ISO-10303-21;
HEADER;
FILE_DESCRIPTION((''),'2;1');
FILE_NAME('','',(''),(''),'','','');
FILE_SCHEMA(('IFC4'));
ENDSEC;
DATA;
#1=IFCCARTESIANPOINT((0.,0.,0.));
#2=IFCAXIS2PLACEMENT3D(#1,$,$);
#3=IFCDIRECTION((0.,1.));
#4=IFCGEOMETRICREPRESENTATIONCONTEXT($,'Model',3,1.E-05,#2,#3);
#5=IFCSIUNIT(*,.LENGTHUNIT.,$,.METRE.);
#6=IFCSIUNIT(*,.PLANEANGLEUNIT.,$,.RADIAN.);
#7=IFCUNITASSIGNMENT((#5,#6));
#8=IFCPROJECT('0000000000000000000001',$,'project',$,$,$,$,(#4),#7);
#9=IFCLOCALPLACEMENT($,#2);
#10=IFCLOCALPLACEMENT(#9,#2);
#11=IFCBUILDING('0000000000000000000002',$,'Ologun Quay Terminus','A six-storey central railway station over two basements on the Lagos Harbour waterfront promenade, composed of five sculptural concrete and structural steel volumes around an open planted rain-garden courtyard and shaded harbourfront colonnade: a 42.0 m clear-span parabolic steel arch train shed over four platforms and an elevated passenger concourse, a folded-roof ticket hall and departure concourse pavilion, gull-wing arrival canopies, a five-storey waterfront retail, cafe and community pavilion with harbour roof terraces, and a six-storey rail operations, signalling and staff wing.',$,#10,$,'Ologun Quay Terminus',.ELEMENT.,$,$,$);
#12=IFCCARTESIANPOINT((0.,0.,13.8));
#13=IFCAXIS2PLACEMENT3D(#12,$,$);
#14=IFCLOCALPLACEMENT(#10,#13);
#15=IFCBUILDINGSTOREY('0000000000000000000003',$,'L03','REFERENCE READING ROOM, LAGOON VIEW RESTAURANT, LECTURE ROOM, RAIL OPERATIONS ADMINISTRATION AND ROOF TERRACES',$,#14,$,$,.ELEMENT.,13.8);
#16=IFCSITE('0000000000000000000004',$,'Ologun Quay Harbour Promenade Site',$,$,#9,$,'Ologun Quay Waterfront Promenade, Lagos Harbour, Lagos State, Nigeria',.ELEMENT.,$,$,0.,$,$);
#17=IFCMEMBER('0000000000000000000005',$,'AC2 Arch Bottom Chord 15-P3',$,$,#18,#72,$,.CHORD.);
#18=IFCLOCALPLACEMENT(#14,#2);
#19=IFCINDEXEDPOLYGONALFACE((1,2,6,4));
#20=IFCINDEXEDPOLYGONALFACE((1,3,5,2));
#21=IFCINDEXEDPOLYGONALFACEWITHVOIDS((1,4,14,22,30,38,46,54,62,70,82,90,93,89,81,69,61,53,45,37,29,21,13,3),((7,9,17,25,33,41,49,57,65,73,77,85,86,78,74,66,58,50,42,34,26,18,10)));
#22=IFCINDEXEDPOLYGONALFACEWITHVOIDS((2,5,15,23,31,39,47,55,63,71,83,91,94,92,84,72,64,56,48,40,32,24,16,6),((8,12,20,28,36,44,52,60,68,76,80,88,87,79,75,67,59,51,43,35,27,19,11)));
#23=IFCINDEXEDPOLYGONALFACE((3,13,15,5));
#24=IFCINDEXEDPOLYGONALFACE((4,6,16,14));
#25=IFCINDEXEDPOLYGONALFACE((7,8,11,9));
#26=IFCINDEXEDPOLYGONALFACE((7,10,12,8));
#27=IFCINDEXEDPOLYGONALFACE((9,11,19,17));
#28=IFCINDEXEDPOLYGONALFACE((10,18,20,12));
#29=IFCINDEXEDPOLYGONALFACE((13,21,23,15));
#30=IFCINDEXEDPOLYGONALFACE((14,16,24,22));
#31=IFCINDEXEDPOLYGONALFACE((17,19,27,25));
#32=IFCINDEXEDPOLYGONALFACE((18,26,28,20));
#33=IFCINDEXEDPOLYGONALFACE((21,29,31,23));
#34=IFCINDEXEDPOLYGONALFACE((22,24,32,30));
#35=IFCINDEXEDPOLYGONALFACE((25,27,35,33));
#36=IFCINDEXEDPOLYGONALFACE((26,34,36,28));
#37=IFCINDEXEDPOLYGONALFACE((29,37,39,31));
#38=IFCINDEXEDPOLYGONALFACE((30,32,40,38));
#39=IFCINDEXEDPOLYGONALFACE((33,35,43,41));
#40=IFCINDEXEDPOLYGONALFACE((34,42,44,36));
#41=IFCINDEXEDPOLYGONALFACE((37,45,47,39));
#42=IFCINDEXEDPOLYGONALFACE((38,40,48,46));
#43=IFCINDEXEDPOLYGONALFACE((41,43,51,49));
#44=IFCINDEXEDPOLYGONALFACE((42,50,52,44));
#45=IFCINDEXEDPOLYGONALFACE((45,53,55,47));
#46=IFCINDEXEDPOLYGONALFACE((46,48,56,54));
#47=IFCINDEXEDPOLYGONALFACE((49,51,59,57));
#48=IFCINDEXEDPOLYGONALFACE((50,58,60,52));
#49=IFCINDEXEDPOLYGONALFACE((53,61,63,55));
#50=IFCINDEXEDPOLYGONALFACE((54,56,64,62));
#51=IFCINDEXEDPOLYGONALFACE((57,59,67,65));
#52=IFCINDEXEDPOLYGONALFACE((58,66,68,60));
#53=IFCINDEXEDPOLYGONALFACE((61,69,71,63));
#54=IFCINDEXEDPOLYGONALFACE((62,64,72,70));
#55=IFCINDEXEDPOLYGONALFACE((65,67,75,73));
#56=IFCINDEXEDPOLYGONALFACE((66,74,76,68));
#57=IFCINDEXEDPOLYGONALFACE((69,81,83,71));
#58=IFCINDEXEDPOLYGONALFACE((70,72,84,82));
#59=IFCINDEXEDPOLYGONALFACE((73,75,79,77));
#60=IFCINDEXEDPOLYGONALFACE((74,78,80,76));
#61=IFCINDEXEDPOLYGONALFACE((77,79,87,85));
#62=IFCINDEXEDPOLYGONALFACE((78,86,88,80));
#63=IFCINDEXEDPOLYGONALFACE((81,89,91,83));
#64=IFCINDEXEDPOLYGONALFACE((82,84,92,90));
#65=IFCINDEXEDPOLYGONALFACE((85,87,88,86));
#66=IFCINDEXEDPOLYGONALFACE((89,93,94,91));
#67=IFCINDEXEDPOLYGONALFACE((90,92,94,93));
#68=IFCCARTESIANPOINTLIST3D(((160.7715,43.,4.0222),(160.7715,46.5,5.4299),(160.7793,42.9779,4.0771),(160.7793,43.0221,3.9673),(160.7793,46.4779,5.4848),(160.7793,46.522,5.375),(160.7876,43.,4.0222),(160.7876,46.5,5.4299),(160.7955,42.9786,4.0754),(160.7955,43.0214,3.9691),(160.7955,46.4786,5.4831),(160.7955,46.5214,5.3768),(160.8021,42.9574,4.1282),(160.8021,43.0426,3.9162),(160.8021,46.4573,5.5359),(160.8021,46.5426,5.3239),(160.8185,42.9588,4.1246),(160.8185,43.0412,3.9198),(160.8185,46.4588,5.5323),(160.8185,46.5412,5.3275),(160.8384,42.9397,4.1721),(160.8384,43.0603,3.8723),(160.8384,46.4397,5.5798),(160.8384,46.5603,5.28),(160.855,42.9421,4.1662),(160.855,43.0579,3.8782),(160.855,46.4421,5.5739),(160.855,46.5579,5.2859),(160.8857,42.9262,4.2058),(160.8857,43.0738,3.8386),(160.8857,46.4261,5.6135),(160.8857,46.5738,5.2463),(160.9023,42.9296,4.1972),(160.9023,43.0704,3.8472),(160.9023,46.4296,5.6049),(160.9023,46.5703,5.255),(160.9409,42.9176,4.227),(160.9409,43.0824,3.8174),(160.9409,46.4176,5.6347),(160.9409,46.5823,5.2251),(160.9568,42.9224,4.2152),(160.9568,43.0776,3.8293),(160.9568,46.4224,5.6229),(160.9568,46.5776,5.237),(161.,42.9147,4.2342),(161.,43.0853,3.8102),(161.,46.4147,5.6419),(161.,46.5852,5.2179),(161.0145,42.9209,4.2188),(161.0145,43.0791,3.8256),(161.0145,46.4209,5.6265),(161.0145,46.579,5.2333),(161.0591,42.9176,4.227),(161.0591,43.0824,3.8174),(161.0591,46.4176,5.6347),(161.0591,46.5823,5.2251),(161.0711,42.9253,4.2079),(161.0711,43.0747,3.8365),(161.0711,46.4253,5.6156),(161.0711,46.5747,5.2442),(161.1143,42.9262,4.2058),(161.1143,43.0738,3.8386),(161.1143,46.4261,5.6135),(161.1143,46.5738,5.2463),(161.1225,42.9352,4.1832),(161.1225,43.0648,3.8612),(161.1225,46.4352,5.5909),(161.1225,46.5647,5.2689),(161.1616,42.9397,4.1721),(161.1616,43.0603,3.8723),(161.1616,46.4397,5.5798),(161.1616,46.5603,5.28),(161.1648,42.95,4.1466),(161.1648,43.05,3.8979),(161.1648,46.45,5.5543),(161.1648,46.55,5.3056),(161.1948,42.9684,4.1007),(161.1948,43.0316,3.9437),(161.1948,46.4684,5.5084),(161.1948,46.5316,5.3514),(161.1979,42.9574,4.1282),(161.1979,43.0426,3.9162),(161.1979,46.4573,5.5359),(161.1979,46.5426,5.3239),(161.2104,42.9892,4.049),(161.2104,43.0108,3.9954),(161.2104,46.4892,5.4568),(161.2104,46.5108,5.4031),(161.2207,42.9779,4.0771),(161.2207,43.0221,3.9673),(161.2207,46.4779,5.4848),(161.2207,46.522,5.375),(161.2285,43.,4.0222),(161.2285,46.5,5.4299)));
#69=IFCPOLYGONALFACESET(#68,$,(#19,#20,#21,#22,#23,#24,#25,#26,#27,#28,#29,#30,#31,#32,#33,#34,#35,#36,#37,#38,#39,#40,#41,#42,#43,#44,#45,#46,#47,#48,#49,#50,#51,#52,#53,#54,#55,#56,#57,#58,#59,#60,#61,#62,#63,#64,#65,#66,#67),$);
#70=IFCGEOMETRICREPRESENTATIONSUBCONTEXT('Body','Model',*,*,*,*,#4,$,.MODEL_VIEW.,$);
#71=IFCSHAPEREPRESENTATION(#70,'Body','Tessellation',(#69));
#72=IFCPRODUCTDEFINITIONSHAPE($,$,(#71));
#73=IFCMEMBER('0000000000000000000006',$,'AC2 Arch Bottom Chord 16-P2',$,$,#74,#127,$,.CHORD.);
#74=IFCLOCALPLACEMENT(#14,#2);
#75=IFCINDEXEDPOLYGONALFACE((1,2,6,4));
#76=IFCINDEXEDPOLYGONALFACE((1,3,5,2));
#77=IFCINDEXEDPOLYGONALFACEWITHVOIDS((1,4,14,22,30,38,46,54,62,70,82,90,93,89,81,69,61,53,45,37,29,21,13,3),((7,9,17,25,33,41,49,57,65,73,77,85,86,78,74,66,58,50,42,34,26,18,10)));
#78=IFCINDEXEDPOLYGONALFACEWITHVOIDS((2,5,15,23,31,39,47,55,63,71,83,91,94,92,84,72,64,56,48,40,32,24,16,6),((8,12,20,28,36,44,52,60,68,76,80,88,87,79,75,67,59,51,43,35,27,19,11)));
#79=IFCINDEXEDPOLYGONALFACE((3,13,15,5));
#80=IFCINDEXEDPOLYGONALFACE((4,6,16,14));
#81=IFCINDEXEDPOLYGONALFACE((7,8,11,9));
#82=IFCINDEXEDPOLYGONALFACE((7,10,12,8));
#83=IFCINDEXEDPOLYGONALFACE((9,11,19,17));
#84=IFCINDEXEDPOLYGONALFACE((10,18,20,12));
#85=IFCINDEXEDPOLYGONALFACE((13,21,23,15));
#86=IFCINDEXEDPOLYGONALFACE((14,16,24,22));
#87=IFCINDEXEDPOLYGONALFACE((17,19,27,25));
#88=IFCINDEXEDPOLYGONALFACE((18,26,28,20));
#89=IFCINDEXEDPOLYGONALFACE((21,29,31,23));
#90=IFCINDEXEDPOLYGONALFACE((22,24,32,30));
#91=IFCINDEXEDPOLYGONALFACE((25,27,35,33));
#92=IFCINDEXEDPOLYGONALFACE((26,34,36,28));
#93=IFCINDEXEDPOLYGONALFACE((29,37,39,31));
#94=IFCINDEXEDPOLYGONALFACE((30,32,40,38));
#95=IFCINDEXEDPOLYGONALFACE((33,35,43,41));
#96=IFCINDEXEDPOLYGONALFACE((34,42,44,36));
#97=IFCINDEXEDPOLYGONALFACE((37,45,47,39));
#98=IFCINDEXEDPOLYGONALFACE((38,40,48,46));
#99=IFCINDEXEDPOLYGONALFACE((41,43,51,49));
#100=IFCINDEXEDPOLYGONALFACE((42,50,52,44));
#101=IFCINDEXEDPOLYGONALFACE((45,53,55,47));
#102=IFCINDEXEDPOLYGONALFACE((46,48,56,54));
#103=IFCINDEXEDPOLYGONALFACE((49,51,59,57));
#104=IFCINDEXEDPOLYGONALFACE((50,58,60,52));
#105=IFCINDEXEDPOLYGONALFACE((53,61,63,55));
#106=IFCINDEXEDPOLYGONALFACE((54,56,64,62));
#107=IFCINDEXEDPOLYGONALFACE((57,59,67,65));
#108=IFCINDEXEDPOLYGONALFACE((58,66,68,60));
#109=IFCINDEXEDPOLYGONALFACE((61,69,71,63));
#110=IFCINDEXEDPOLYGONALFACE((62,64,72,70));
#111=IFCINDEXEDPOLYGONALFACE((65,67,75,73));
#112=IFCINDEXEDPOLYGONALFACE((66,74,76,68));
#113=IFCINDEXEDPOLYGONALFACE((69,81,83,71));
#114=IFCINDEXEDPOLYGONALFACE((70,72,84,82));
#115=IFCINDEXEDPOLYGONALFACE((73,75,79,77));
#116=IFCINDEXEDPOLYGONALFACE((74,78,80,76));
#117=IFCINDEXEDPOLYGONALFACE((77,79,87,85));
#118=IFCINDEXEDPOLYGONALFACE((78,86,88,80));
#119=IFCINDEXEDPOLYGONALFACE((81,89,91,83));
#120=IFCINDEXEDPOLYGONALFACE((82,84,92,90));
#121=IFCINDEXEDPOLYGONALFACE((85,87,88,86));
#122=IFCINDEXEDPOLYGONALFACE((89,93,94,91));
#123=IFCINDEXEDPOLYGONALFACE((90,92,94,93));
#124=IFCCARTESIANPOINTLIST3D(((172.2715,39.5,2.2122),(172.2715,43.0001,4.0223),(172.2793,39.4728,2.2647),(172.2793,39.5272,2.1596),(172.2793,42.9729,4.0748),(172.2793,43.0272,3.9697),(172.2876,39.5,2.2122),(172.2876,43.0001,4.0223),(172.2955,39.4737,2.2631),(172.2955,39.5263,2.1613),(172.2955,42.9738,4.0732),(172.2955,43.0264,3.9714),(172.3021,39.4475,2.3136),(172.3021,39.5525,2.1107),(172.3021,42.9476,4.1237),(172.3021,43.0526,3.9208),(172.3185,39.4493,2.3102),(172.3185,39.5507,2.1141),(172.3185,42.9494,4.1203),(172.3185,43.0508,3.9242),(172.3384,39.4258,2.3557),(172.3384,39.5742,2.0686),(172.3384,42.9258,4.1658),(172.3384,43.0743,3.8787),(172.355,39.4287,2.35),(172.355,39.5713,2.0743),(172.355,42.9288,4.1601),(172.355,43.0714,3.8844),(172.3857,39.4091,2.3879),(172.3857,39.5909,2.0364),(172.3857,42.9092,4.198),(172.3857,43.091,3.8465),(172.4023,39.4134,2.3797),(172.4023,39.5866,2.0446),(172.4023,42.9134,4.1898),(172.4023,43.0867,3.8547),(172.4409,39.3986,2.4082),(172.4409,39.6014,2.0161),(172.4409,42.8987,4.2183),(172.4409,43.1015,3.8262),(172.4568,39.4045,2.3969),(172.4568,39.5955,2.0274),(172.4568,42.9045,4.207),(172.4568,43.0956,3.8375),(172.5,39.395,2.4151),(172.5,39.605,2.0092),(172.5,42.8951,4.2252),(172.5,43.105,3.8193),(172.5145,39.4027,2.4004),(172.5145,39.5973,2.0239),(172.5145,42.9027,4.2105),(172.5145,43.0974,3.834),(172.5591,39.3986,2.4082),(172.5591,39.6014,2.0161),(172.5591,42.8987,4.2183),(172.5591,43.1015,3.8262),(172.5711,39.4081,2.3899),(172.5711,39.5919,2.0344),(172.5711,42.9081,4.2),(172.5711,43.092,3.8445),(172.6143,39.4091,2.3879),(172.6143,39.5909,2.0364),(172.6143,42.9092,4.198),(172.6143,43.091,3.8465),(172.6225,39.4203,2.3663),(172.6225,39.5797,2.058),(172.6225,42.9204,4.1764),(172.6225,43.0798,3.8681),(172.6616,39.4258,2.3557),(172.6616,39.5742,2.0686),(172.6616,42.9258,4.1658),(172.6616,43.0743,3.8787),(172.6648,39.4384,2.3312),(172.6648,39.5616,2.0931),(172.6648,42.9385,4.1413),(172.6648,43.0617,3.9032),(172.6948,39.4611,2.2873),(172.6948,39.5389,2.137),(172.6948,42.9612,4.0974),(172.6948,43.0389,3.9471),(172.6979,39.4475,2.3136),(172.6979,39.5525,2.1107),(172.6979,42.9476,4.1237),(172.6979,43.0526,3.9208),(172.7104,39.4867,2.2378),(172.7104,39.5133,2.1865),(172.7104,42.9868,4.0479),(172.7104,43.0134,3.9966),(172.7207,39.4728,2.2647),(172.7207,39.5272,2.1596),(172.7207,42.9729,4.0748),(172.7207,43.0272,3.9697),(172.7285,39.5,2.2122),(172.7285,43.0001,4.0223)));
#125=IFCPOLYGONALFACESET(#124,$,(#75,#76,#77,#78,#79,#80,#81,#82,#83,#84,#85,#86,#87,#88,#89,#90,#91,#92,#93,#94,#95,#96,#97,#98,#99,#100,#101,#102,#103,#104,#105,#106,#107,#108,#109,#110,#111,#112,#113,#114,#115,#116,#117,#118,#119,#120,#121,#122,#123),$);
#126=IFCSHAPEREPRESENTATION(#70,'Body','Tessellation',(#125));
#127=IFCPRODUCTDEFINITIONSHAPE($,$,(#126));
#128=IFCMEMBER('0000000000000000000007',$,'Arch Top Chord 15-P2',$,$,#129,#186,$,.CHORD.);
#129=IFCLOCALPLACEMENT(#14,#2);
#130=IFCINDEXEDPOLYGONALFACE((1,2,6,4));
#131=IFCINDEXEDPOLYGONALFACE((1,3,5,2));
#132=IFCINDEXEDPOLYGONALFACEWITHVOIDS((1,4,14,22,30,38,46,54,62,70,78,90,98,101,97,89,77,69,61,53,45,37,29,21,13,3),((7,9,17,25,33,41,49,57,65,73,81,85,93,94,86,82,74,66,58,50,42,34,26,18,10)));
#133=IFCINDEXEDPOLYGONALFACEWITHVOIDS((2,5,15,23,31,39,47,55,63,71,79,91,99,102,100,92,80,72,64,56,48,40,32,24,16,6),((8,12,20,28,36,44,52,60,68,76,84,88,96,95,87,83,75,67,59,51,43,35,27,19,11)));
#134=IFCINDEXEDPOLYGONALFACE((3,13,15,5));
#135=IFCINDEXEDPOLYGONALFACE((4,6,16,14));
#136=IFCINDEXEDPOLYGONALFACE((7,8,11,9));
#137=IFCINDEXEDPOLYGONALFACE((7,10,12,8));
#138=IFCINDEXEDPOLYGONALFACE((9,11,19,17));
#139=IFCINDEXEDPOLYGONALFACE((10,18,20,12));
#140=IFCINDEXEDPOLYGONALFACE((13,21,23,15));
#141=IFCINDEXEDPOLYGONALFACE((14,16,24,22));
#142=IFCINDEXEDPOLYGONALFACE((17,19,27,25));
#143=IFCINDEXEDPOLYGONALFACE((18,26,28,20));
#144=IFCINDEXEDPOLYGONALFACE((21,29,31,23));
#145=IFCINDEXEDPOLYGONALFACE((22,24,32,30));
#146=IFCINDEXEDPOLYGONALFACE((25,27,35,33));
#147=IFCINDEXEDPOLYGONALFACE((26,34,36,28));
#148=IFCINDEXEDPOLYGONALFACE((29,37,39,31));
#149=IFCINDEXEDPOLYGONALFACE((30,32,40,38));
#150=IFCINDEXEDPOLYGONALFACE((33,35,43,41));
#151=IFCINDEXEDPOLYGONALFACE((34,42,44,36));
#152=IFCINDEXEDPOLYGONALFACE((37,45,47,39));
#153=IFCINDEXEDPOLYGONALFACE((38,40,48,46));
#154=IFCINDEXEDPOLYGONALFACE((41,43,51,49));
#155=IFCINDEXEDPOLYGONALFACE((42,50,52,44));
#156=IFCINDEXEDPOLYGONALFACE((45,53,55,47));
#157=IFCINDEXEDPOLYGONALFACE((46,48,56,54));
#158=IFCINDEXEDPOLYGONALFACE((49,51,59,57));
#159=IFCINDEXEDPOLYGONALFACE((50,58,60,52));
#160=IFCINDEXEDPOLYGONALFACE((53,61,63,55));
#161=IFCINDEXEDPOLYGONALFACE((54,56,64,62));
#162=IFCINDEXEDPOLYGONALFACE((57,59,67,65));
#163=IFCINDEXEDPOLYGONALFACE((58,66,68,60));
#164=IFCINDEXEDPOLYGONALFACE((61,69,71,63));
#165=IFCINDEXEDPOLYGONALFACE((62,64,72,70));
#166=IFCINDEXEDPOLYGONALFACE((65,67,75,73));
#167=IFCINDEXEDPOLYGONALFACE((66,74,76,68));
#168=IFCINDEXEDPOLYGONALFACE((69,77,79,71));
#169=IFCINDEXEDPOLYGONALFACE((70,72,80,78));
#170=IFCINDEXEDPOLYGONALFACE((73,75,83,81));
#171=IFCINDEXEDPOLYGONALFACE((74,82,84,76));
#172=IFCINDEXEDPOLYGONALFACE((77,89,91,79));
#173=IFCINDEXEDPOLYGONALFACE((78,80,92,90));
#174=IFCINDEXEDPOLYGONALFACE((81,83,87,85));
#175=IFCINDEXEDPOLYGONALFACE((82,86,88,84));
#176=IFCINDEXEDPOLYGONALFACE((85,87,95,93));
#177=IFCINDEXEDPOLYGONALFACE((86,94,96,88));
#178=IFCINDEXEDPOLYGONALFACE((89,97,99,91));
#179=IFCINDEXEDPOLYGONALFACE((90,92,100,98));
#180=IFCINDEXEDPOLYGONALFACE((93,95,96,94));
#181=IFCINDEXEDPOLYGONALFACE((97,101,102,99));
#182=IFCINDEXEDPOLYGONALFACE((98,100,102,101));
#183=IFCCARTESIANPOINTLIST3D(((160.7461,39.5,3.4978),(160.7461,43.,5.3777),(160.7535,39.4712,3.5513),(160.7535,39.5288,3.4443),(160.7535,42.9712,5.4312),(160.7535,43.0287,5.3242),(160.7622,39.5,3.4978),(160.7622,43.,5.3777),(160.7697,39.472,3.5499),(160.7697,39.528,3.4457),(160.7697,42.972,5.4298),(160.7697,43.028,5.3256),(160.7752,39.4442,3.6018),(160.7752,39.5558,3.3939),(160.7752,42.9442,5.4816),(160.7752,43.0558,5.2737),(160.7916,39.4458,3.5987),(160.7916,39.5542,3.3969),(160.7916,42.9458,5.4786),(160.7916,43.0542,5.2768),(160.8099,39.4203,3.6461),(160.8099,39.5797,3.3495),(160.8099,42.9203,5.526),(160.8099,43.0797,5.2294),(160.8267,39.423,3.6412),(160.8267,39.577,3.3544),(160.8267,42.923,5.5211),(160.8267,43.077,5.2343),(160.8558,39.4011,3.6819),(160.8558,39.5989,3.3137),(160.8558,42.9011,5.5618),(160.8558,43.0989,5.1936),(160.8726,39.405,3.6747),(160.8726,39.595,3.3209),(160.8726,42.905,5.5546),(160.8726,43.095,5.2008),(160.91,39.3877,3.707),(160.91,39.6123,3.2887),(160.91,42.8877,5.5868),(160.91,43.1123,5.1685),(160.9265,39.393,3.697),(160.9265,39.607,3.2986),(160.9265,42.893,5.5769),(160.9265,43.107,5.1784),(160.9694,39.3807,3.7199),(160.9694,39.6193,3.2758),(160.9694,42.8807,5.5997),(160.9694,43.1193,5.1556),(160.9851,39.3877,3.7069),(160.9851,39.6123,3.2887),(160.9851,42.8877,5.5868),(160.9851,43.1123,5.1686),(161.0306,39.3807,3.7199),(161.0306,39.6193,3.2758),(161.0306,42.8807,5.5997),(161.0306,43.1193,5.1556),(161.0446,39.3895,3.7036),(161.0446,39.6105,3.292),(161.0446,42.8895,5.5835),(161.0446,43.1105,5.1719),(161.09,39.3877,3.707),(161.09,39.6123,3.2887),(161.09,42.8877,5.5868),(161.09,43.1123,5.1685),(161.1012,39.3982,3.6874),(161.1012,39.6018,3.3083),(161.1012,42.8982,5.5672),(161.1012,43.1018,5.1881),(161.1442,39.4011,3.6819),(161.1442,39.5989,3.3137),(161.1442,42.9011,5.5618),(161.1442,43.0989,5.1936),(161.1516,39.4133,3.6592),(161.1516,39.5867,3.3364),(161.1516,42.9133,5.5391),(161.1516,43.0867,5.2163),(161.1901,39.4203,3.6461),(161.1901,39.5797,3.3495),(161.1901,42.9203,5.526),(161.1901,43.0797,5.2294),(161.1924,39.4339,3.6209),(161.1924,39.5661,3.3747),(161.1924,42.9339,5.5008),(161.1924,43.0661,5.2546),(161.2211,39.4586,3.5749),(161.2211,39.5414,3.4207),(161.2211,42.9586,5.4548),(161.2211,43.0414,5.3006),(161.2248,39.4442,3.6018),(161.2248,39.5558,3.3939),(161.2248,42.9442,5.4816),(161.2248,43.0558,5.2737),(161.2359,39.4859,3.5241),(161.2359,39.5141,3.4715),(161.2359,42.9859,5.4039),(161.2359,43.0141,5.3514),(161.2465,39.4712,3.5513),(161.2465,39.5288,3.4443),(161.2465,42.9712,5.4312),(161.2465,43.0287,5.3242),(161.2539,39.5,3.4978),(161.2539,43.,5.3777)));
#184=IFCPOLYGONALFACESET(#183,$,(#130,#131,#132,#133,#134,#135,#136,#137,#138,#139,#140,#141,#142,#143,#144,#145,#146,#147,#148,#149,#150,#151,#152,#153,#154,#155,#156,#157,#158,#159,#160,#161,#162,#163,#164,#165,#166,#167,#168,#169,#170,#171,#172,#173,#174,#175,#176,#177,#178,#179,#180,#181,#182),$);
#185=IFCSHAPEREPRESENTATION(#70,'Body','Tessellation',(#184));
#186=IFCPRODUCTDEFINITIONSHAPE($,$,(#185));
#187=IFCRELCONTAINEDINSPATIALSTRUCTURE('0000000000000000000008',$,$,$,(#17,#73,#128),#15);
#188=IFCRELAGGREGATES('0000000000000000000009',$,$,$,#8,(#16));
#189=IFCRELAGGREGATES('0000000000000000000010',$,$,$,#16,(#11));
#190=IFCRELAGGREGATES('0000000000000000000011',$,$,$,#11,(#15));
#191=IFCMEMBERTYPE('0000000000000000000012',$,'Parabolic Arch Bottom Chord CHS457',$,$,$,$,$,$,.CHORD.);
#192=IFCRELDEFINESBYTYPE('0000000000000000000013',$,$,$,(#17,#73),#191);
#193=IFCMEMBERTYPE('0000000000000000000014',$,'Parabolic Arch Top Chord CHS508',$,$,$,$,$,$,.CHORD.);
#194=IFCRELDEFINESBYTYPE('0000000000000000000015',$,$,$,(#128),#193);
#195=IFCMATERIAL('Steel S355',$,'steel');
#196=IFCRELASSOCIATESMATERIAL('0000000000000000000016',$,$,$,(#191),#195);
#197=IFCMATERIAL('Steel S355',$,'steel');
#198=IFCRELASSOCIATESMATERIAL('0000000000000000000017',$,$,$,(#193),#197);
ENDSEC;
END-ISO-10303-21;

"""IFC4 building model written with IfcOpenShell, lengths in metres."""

from ifc_helpers import new_model, si_unit, direction, frame, origin, origin_2d, place, context, subcontext, project, spatial, hollow_circle, extrude, material, material_profile, profile_set, type_object, element, save


model = new_model("IFC4")

# Units and contexts
model_context = context("Model", 3, precision=1e-05, world=origin(), true_north=direction((0.0, 1.0)))
body_context = subcontext(model_context, "Body", "Model", "MODEL_VIEW")
ifc_project = project(units=[si_unit("LENGTHUNIT", "METRE"), si_unit("PLANEANGLEUNIT", "RADIAN")], contexts=[model_context])

# Site, building, storey
site_placement = place(None, origin())
site = spatial("IfcSite", under=ifc_project, at=site_placement, Name="Ologun Quay Harbour Promenade Site", LongName="Ologun Quay Waterfront Promenade, Lagos Harbour, Lagos State, Nigeria", CompositionType="ELEMENT", RefElevation=0.0)
building_placement = place(site_placement, origin())
building = spatial("IfcBuilding", under=site, at=building_placement, Name="Ologun Quay Terminus", Description="A six-storey central railway station over two basements on the Lagos Harbour waterfront promenade, composed of five sculptural concrete and structural steel volumes around an open planted rain-garden courtyard and shaded harbourfront colonnade: a 42.0 m clear-span parabolic steel arch train shed over four platforms and an elevated passenger concourse, a folded-roof ticket hall and departure concourse pavilion, gull-wing arrival canopies, a five-storey waterfront retail, cafe and community pavilion with harbour roof terraces, and a six-storey rail operations, signalling and staff wing.", LongName="Ologun Quay Terminus", CompositionType="ELEMENT")
storey_placement = place(building_placement, frame((0.0, 0.0, 13.8)))
storey = spatial("IfcBuildingStorey", under=building, at=storey_placement, Name="L03", Description="REFERENCE READING ROOM, LAGOON VIEW RESTAURANT, LECTURE ROOM, RAIL OPERATIONS ADMINISTRATION AND ROOF TERRACES", CompositionType="ELEMENT", Elevation=13.8)

# Members
ifc_material_1 = material(Name="Steel S355", Category="steel")
ifc_material_profile_1 = material_profile(ifc_material_1, hollow_circle(Radius=0.2285, WallThickness=0.0161, at=origin_2d()), Name="CHS 457x16")
ifc_profile_set_1 = profile_set([ifc_material_profile_1], Name="Steel S355")
member_type_1 = type_object("IfcMemberType", Name="Parabolic Arch Bottom Chord CHS457", PredefinedType="CHORD", material=ifc_profile_set_1)
member_1_placement = place(storey_placement, frame((161.0, 43.0, 4.0222), z_axis=(0.0, 0.92777, 0.373153), x_axis=(-1.0, 0.0, 0.0)))
element("IfcMember", 1, at=member_1_placement, inside=storey, type_object=member_type_1, Name="AC2 Arch Bottom Chord 15-P3", PredefinedType="CHORD", context=body_context, shape_type="SweptSolid", body=[
    extrude(hollow_circle(Radius=0.2285, WallThickness=0.0161, at=origin_2d()), origin(), (0.0, 0.0, 1.0), 3.7725),
])
member_2_placement = place(storey_placement, frame((172.5, 39.5, 2.2122), z_axis=(0.0, 0.888247, 0.459366), x_axis=(-1.0, 0.0, 0.0)))
element("IfcMember", 2, at=member_2_placement, inside=storey, type_object=member_type_1, Name="AC2 Arch Bottom Chord 16-P2", PredefinedType="CHORD", context=body_context, shape_type="SweptSolid", body=[
    extrude(hollow_circle(Radius=0.2285, WallThickness=0.0161, at=origin_2d()), origin(), (0.0, 0.0, 1.0), 3.9404),
])
ifc_material_2 = material(Name="Steel S355", Category="steel")
ifc_material_profile_2 = material_profile(ifc_material_2, hollow_circle(Radius=0.2539, WallThickness=0.0161, at=origin_2d()), Name="CHS 508x16")
ifc_profile_set_2 = profile_set([ifc_material_profile_2], Name="Steel S355")
member_type_2 = type_object("IfcMemberType", Name="Parabolic Arch Top Chord CHS508", PredefinedType="CHORD", material=ifc_profile_set_2)
member_3_placement = place(storey_placement, frame((161.0, 39.5, 3.4978), z_axis=(0.0, 0.880968, 0.473176), x_axis=(-1.0, 0.0, 0.0)))
element("IfcMember", 3, at=member_3_placement, inside=storey, type_object=member_type_2, Name="Arch Top Chord 15-P2", PredefinedType="CHORD", context=body_context, shape_type="SweptSolid", body=[
    extrude(hollow_circle(Radius=0.2539, WallThickness=0.0161, at=origin_2d()), origin(), (0.0, 0.0, 1.0), 3.9729),
])

save(model, "model.ifc")
